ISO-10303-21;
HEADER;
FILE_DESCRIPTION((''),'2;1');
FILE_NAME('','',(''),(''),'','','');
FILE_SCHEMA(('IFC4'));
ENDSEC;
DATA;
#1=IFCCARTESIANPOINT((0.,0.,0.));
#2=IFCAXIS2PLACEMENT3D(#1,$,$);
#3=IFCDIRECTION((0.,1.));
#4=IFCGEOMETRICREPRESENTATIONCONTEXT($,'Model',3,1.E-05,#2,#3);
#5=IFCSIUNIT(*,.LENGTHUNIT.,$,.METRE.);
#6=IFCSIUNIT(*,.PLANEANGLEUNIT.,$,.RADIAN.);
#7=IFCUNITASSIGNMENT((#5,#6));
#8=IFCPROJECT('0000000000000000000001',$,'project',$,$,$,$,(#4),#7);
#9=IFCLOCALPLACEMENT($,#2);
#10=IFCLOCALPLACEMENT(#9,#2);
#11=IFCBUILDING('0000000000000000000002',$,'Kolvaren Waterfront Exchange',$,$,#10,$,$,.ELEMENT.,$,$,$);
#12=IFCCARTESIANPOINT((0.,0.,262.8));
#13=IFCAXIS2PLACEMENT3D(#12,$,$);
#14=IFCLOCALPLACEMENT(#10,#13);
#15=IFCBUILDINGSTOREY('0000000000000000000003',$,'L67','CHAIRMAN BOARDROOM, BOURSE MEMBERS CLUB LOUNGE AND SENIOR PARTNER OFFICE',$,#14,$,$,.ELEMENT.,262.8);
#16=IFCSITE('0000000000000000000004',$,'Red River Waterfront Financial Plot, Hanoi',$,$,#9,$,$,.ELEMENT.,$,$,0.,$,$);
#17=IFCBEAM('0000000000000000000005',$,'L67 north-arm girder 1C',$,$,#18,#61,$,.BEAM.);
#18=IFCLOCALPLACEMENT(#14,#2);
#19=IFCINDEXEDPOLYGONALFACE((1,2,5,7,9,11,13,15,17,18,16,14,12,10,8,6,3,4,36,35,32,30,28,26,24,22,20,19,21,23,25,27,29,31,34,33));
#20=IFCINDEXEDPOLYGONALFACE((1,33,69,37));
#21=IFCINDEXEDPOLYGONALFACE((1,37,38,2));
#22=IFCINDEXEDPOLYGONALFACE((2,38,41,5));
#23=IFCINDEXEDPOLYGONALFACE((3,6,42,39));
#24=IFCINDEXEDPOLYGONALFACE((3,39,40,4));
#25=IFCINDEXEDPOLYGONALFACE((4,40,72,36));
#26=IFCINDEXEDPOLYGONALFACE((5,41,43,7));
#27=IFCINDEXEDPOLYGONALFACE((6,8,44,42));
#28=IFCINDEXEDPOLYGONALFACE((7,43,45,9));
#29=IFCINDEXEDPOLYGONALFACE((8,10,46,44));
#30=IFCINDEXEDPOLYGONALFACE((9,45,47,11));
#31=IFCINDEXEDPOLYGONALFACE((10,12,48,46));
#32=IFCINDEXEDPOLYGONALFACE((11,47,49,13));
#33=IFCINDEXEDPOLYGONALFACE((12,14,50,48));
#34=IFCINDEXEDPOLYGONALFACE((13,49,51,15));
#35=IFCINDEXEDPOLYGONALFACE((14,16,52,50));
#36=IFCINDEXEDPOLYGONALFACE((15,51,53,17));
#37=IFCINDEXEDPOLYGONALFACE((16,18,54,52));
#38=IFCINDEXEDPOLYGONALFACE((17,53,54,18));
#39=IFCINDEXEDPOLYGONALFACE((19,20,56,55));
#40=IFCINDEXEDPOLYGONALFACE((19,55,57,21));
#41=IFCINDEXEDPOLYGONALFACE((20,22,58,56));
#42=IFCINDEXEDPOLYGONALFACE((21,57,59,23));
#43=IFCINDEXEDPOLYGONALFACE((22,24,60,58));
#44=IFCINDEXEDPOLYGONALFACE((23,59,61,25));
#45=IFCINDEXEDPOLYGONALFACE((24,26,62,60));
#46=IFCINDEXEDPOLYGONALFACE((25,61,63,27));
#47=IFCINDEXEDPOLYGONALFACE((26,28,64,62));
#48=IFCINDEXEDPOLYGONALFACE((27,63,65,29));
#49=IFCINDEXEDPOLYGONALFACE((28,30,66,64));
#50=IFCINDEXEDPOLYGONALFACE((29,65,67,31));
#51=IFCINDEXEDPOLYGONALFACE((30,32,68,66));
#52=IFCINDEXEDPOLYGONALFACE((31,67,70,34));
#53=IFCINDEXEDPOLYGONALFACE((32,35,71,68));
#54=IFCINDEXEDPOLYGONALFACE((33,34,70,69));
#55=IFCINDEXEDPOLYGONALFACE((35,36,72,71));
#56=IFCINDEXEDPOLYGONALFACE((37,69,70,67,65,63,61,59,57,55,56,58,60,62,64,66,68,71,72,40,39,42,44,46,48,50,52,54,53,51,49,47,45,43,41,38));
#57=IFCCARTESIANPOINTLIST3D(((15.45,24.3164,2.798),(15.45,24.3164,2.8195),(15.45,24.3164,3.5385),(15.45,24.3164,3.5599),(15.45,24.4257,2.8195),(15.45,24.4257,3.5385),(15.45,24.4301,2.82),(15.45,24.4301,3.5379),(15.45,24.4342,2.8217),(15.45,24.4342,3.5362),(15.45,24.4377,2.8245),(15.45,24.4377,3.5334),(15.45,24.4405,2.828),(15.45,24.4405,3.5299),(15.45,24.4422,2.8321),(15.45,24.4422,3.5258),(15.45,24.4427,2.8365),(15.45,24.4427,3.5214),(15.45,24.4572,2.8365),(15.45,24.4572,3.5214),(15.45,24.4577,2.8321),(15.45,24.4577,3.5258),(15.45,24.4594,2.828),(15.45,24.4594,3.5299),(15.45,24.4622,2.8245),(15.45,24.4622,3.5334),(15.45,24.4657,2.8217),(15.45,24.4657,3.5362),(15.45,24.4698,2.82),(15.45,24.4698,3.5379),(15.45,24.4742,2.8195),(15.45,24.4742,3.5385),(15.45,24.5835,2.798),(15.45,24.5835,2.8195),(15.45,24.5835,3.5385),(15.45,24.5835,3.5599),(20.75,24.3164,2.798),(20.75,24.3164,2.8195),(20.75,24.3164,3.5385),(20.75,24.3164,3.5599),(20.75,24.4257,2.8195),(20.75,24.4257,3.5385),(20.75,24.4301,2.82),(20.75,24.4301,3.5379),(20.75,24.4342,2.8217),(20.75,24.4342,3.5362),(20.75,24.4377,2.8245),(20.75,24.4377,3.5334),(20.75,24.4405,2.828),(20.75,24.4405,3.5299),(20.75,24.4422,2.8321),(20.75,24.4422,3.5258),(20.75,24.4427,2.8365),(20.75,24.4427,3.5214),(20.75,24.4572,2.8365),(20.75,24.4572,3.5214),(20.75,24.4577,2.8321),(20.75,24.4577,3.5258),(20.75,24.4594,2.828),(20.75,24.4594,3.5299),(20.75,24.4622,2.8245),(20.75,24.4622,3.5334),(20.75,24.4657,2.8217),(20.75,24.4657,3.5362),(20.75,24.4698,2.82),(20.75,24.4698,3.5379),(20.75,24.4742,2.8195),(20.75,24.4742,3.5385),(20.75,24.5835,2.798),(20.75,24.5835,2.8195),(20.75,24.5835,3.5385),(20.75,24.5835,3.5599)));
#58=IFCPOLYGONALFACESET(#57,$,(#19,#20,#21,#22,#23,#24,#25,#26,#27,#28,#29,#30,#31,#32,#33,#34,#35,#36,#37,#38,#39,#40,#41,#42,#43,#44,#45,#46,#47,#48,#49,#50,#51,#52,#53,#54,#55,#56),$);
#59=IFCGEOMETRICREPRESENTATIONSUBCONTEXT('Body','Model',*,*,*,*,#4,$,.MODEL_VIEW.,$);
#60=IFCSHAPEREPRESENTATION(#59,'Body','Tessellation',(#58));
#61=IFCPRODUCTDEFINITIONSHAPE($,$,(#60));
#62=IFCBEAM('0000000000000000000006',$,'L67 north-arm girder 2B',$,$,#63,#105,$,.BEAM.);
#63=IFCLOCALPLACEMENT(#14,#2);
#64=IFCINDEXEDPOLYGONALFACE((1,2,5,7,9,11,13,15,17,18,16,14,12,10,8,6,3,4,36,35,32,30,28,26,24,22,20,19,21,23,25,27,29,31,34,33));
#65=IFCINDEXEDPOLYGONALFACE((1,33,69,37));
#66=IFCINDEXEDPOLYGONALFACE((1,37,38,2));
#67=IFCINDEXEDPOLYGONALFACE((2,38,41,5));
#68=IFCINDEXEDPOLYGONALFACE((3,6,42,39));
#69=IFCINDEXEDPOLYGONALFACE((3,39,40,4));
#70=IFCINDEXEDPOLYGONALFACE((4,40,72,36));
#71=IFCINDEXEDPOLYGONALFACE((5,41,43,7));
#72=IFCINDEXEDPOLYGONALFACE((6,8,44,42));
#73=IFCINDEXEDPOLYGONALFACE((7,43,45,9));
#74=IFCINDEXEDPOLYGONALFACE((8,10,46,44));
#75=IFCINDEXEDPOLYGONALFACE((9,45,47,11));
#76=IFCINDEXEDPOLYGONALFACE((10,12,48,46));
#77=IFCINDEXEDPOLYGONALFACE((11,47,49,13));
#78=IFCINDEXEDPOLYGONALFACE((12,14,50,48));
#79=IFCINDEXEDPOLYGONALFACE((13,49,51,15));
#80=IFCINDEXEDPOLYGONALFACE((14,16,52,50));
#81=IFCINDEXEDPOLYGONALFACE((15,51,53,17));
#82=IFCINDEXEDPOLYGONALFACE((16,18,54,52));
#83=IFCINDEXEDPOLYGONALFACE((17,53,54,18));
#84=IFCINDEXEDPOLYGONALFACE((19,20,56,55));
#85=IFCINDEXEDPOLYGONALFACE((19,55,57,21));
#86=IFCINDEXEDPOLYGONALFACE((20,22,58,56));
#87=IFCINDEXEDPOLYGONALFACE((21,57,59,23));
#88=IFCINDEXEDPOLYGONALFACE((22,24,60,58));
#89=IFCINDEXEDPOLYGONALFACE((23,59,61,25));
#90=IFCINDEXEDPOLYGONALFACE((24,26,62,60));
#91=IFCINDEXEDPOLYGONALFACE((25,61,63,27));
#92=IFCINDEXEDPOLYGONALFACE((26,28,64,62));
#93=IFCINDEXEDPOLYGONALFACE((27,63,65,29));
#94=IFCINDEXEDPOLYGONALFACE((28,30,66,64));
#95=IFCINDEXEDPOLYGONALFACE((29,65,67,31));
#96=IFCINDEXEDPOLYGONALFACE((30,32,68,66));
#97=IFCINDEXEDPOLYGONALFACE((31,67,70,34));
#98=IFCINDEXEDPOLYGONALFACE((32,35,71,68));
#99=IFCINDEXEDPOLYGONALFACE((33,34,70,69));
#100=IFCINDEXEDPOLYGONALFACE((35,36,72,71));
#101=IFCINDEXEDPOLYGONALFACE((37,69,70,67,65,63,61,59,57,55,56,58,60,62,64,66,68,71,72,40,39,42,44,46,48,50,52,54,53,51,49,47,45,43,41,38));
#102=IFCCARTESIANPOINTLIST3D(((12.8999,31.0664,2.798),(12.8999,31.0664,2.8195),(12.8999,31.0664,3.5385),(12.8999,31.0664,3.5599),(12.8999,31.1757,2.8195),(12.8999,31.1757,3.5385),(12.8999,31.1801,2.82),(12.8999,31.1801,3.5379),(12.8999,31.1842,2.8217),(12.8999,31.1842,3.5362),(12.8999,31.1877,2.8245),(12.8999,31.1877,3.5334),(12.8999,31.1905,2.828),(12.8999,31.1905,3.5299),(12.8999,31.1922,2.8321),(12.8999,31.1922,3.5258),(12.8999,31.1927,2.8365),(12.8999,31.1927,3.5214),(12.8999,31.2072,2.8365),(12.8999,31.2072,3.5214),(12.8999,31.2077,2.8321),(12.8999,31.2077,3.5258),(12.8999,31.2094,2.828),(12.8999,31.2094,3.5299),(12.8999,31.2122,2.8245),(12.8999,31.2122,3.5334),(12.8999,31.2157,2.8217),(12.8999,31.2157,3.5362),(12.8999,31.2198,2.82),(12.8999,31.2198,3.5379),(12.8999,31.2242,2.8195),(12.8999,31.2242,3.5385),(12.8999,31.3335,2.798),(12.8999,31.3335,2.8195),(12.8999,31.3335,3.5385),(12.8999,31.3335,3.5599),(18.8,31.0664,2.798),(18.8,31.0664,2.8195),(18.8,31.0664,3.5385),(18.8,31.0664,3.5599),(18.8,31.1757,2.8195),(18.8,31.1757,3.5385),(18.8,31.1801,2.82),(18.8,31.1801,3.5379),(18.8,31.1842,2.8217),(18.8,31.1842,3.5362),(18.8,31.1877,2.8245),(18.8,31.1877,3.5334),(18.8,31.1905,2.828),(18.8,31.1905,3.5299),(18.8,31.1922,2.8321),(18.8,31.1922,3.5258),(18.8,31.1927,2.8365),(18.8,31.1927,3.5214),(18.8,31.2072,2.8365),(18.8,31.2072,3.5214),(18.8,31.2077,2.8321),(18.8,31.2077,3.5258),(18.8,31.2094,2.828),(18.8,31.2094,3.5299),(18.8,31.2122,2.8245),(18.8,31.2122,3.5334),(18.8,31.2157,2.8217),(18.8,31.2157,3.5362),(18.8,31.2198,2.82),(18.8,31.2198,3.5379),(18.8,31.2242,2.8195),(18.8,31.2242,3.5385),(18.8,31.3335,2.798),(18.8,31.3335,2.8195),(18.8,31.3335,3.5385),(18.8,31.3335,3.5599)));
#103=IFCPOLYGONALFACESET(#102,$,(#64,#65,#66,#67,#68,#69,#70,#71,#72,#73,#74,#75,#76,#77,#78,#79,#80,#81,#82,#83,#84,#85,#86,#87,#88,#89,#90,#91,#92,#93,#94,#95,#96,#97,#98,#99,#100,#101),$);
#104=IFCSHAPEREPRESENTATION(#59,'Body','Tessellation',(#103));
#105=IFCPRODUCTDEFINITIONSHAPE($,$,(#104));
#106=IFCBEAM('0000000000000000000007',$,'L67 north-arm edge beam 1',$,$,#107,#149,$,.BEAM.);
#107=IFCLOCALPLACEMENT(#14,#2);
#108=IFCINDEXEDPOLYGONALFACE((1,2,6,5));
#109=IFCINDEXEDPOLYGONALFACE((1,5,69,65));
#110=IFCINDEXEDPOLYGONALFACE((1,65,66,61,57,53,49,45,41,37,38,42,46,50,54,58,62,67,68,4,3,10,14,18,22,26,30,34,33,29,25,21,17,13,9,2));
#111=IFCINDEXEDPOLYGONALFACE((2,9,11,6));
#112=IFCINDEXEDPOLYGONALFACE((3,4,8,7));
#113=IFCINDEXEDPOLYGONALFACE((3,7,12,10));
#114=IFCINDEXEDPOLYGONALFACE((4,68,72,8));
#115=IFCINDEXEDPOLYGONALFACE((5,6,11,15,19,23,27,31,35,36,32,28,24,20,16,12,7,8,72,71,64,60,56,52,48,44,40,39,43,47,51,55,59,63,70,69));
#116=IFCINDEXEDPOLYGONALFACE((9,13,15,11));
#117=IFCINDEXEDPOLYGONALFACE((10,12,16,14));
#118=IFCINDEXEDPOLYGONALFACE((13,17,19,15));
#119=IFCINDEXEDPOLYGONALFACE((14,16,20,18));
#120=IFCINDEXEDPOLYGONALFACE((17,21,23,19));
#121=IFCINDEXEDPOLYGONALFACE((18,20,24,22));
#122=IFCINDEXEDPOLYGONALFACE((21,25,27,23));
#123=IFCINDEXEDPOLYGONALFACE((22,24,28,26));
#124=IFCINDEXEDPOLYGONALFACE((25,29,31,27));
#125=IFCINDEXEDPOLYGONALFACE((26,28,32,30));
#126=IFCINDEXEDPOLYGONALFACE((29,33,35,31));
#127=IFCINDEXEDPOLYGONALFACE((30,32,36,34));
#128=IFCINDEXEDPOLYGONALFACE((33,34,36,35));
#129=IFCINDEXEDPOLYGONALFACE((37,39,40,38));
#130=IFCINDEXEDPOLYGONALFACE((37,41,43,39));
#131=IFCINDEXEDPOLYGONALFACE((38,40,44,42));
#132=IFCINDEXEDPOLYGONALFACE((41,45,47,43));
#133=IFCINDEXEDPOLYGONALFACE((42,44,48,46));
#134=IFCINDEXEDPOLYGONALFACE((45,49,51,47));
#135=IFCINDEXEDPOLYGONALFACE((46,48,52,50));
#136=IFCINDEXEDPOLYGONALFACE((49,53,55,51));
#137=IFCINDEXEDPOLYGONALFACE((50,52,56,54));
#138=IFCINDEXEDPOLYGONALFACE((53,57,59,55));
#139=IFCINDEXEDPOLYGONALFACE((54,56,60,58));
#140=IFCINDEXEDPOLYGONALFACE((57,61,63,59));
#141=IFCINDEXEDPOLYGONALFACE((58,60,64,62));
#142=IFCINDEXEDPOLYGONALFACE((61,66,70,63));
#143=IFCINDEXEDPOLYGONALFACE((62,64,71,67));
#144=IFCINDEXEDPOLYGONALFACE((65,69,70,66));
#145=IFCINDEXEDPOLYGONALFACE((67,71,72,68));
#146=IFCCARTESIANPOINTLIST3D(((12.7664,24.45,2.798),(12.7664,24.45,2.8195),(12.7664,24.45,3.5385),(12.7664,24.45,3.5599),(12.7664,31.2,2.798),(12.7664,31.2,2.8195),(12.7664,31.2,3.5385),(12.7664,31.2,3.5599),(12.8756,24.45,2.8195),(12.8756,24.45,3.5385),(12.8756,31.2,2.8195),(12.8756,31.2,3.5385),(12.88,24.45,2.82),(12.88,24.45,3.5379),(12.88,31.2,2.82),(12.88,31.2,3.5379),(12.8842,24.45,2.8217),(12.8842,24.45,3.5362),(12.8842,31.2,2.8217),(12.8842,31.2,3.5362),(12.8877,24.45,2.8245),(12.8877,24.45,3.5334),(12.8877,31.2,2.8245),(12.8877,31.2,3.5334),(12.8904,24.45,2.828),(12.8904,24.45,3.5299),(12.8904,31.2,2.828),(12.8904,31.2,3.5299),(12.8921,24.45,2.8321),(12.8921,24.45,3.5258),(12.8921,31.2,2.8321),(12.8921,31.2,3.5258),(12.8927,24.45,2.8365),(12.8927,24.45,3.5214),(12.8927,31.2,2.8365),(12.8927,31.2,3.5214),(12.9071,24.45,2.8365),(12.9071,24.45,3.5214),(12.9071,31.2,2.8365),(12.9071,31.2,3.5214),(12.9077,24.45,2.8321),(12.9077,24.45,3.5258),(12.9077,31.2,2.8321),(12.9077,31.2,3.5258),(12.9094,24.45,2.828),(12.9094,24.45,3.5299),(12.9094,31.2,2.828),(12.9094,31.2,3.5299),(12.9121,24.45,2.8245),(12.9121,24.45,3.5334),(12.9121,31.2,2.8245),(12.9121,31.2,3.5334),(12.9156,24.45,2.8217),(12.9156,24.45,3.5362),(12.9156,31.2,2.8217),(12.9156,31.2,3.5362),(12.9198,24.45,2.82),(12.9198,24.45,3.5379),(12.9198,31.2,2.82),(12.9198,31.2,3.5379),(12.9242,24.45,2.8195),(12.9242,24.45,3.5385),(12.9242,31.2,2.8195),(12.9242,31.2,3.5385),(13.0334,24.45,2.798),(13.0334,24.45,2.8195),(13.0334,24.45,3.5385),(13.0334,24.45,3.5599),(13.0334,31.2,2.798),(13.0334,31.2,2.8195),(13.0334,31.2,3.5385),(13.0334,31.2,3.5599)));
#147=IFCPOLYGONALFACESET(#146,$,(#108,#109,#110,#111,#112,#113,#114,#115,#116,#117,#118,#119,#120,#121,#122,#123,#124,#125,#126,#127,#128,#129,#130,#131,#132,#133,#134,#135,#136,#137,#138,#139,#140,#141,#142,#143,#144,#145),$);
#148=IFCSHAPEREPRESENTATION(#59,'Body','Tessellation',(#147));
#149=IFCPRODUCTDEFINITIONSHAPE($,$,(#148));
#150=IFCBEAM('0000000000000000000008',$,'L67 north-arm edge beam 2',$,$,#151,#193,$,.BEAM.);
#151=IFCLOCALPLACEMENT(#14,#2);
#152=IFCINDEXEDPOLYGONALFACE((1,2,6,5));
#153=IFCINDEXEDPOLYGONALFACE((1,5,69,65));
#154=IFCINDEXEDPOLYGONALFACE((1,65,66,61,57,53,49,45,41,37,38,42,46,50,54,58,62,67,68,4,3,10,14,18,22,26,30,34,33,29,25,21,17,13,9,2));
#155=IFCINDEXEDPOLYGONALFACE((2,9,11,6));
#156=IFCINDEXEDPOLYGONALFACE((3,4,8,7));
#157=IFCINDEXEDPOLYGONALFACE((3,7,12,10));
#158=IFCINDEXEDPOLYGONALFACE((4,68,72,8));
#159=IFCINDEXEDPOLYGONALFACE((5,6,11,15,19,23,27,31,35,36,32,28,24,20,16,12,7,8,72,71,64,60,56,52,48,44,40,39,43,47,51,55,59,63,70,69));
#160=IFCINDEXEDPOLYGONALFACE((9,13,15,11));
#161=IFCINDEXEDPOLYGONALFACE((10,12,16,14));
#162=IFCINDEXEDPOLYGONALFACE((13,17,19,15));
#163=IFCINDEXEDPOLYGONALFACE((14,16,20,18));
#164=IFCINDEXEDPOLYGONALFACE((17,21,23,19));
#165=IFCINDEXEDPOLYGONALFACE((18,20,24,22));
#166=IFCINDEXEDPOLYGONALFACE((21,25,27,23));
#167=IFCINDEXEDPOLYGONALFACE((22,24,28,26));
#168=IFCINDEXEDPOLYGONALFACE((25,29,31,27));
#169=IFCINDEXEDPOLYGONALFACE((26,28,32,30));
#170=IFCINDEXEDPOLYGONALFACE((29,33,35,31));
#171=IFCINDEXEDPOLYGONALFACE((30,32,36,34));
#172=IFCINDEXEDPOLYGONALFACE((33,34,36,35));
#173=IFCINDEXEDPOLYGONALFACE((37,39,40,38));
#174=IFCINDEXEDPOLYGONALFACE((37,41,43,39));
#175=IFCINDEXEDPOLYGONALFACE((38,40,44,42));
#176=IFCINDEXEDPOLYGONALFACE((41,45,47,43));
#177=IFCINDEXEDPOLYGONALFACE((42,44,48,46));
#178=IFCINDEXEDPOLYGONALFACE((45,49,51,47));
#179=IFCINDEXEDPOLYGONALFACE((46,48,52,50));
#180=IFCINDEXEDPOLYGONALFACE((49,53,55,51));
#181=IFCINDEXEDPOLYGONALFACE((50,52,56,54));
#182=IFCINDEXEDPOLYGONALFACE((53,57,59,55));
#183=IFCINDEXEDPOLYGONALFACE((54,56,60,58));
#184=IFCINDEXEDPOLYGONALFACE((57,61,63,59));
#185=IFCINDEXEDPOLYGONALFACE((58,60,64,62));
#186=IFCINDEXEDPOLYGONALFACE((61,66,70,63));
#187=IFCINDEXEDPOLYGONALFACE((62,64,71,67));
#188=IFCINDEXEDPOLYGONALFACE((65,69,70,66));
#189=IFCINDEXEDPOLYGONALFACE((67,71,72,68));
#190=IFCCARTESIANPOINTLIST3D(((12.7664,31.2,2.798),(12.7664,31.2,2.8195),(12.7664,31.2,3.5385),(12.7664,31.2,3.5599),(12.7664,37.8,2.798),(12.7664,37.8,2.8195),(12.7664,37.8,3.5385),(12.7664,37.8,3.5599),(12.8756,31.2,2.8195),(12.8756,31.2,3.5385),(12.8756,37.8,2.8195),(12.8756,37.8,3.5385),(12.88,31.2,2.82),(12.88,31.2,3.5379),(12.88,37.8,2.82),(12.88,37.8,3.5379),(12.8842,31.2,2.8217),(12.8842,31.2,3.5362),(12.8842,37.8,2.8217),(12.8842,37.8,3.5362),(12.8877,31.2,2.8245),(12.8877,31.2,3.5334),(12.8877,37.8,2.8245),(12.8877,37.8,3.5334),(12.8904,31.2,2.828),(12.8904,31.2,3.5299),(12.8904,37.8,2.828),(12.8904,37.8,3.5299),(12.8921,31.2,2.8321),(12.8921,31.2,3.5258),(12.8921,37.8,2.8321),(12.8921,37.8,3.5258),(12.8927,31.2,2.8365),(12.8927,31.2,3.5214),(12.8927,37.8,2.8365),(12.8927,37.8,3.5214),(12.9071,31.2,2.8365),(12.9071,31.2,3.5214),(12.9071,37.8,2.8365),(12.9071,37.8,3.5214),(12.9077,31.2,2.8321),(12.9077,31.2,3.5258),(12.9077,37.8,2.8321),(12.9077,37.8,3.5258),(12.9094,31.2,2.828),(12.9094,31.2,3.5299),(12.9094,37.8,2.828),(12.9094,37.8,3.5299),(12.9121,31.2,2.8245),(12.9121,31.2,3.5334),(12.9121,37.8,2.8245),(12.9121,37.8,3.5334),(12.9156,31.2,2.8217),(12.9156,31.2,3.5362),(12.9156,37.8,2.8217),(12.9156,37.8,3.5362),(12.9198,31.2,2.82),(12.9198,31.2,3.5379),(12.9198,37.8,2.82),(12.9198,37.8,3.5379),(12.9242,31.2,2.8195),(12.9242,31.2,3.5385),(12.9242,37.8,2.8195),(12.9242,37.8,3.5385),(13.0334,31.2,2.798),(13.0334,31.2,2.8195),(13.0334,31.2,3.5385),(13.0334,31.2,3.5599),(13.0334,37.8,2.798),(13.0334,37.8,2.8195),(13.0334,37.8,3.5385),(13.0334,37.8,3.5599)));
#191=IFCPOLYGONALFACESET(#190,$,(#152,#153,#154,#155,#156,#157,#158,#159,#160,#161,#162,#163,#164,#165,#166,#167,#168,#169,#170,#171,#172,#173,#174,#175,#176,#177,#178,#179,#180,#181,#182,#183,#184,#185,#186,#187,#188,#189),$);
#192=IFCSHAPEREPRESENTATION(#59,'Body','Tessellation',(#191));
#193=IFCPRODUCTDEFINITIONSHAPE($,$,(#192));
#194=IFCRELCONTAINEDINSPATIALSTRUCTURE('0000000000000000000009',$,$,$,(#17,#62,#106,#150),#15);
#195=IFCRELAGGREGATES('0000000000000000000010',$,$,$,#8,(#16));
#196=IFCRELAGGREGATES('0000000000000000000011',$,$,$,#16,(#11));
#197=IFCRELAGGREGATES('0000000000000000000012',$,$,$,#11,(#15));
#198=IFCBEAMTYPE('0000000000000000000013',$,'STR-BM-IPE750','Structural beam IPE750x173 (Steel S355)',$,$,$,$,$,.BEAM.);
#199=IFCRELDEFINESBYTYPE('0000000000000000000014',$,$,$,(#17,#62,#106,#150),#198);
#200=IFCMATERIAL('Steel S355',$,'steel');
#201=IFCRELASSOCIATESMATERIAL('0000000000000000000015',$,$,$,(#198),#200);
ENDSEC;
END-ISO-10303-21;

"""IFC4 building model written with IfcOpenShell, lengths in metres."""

from ifc_helpers import new_model, si_unit, direction, frame, origin, origin_2d, place, context, subcontext, project, spatial, i_section, extrude, material, material_profile, profile_set, type_object, element, save


model = new_model("IFC4")

# Units and contexts
model_context = context("Model", 3, precision=1e-05, world=origin(), true_north=direction((0.0, 1.0)))
body_context = subcontext(model_context, "Body", "Model", "MODEL_VIEW")
ifc_project = project(units=[si_unit("LENGTHUNIT", "METRE"), si_unit("PLANEANGLEUNIT", "RADIAN")], contexts=[model_context])

# Site, building, storey
site_placement = place(None, origin())
site = spatial("IfcSite", under=ifc_project, at=site_placement, Name="Red River Waterfront Financial Plot, Hanoi", CompositionType="ELEMENT", RefElevation=0.0)
building_placement = place(site_placement, origin())
building = spatial("IfcBuilding", under=site, at=building_placement, Name="Kolvaren Waterfront Exchange", CompositionType="ELEMENT")
storey_placement = place(building_placement, frame((0.0, 0.0, 262.8)))
storey = spatial("IfcBuildingStorey", under=building, at=storey_placement, Name="L67", Description="CHAIRMAN BOARDROOM, BOURSE MEMBERS CLUB LOUNGE AND SENIOR PARTNER OFFICE", CompositionType="ELEMENT", Elevation=262.8)

# Beams
ifc_material_1 = material(Name="Steel S355", Category="steel")
ifc_material_profile_1 = material_profile(ifc_material_1, i_section(OverallWidth=0.2671, OverallDepth=0.762, WebThickness=0.0144, FlangeThickness=0.0215, FilletRadius=0.0171, at=origin_2d()), Name="IPE750x173")
ifc_profile_set_1 = profile_set([ifc_material_profile_1], Name="Steel S355")
beam_type_1 = type_object("IfcBeamType", Name="STR-BM-IPE750", Description="Structural beam IPE750x173 (Steel S355)", PredefinedType="BEAM", material=ifc_profile_set_1)
beam_1_placement = place(storey_placement, frame((15.45, 24.45, 3.179), z_axis=(1.0, 0.0, 0.0), x_axis=(0.0, 1.0, 0.0)))
element("IfcBeam", 1, at=beam_1_placement, inside=storey, type_object=beam_type_1, Name="L67 north-arm girder 1C", PredefinedType="BEAM", context=body_context, shape_type="SweptSolid", body=[
    extrude(i_section(OverallWidth=0.2671, OverallDepth=0.762, WebThickness=0.0144, FlangeThickness=0.0215, FilletRadius=0.0171, at=origin_2d()), origin(), (0.0, 0.0, 1.0), 5.3),
])
beam_2_placement = place(storey_placement, frame((12.8999, 31.2, 3.179), z_axis=(1.0, 0.0, 0.0), x_axis=(0.0, 1.0, 0.0)))
element("IfcBeam", 2, at=beam_2_placement, inside=storey, type_object=beam_type_1, Name="L67 north-arm girder 2B", PredefinedType="BEAM", context=body_context, shape_type="SweptSolid", body=[
    extrude(i_section(OverallWidth=0.2671, OverallDepth=0.762, WebThickness=0.0144, FlangeThickness=0.0215, FilletRadius=0.0171, at=origin_2d()), origin(), (0.0, 0.0, 1.0), 5.9001),
])
beam_3_placement = place(storey_placement, frame((12.8999, 24.45, 3.179), z_axis=(0.0, 1.0, 0.0), x_axis=(-1.0, 0.0, 0.0)))
element("IfcBeam", 3, at=beam_3_placement, inside=storey, type_object=beam_type_1, Name="L67 north-arm edge beam 1", PredefinedType="BEAM", context=body_context, shape_type="SweptSolid", body=[
    extrude(i_section(OverallWidth=0.2671, OverallDepth=0.762, WebThickness=0.0144, FlangeThickness=0.0215, FilletRadius=0.0171, at=origin_2d()), origin(), (0.0, 0.0, 1.0), 6.75),
])
beam_4_placement = place(storey_placement, frame((12.8999, 31.2, 3.179), z_axis=(0.0, 1.0, 0.0), x_axis=(-1.0, 0.0, 0.0)))
element("IfcBeam", 4, at=beam_4_placement, inside=storey, type_object=beam_type_1, Name="L67 north-arm edge beam 2", PredefinedType="BEAM", context=body_context, shape_type="SweptSolid", body=[
    extrude(i_section(OverallWidth=0.2671, OverallDepth=0.762, WebThickness=0.0144, FlangeThickness=0.0215, FilletRadius=0.0171, at=origin_2d()), origin(), (0.0, 0.0, 1.0), 6.6001),
])

save(model, "model.ifc")
